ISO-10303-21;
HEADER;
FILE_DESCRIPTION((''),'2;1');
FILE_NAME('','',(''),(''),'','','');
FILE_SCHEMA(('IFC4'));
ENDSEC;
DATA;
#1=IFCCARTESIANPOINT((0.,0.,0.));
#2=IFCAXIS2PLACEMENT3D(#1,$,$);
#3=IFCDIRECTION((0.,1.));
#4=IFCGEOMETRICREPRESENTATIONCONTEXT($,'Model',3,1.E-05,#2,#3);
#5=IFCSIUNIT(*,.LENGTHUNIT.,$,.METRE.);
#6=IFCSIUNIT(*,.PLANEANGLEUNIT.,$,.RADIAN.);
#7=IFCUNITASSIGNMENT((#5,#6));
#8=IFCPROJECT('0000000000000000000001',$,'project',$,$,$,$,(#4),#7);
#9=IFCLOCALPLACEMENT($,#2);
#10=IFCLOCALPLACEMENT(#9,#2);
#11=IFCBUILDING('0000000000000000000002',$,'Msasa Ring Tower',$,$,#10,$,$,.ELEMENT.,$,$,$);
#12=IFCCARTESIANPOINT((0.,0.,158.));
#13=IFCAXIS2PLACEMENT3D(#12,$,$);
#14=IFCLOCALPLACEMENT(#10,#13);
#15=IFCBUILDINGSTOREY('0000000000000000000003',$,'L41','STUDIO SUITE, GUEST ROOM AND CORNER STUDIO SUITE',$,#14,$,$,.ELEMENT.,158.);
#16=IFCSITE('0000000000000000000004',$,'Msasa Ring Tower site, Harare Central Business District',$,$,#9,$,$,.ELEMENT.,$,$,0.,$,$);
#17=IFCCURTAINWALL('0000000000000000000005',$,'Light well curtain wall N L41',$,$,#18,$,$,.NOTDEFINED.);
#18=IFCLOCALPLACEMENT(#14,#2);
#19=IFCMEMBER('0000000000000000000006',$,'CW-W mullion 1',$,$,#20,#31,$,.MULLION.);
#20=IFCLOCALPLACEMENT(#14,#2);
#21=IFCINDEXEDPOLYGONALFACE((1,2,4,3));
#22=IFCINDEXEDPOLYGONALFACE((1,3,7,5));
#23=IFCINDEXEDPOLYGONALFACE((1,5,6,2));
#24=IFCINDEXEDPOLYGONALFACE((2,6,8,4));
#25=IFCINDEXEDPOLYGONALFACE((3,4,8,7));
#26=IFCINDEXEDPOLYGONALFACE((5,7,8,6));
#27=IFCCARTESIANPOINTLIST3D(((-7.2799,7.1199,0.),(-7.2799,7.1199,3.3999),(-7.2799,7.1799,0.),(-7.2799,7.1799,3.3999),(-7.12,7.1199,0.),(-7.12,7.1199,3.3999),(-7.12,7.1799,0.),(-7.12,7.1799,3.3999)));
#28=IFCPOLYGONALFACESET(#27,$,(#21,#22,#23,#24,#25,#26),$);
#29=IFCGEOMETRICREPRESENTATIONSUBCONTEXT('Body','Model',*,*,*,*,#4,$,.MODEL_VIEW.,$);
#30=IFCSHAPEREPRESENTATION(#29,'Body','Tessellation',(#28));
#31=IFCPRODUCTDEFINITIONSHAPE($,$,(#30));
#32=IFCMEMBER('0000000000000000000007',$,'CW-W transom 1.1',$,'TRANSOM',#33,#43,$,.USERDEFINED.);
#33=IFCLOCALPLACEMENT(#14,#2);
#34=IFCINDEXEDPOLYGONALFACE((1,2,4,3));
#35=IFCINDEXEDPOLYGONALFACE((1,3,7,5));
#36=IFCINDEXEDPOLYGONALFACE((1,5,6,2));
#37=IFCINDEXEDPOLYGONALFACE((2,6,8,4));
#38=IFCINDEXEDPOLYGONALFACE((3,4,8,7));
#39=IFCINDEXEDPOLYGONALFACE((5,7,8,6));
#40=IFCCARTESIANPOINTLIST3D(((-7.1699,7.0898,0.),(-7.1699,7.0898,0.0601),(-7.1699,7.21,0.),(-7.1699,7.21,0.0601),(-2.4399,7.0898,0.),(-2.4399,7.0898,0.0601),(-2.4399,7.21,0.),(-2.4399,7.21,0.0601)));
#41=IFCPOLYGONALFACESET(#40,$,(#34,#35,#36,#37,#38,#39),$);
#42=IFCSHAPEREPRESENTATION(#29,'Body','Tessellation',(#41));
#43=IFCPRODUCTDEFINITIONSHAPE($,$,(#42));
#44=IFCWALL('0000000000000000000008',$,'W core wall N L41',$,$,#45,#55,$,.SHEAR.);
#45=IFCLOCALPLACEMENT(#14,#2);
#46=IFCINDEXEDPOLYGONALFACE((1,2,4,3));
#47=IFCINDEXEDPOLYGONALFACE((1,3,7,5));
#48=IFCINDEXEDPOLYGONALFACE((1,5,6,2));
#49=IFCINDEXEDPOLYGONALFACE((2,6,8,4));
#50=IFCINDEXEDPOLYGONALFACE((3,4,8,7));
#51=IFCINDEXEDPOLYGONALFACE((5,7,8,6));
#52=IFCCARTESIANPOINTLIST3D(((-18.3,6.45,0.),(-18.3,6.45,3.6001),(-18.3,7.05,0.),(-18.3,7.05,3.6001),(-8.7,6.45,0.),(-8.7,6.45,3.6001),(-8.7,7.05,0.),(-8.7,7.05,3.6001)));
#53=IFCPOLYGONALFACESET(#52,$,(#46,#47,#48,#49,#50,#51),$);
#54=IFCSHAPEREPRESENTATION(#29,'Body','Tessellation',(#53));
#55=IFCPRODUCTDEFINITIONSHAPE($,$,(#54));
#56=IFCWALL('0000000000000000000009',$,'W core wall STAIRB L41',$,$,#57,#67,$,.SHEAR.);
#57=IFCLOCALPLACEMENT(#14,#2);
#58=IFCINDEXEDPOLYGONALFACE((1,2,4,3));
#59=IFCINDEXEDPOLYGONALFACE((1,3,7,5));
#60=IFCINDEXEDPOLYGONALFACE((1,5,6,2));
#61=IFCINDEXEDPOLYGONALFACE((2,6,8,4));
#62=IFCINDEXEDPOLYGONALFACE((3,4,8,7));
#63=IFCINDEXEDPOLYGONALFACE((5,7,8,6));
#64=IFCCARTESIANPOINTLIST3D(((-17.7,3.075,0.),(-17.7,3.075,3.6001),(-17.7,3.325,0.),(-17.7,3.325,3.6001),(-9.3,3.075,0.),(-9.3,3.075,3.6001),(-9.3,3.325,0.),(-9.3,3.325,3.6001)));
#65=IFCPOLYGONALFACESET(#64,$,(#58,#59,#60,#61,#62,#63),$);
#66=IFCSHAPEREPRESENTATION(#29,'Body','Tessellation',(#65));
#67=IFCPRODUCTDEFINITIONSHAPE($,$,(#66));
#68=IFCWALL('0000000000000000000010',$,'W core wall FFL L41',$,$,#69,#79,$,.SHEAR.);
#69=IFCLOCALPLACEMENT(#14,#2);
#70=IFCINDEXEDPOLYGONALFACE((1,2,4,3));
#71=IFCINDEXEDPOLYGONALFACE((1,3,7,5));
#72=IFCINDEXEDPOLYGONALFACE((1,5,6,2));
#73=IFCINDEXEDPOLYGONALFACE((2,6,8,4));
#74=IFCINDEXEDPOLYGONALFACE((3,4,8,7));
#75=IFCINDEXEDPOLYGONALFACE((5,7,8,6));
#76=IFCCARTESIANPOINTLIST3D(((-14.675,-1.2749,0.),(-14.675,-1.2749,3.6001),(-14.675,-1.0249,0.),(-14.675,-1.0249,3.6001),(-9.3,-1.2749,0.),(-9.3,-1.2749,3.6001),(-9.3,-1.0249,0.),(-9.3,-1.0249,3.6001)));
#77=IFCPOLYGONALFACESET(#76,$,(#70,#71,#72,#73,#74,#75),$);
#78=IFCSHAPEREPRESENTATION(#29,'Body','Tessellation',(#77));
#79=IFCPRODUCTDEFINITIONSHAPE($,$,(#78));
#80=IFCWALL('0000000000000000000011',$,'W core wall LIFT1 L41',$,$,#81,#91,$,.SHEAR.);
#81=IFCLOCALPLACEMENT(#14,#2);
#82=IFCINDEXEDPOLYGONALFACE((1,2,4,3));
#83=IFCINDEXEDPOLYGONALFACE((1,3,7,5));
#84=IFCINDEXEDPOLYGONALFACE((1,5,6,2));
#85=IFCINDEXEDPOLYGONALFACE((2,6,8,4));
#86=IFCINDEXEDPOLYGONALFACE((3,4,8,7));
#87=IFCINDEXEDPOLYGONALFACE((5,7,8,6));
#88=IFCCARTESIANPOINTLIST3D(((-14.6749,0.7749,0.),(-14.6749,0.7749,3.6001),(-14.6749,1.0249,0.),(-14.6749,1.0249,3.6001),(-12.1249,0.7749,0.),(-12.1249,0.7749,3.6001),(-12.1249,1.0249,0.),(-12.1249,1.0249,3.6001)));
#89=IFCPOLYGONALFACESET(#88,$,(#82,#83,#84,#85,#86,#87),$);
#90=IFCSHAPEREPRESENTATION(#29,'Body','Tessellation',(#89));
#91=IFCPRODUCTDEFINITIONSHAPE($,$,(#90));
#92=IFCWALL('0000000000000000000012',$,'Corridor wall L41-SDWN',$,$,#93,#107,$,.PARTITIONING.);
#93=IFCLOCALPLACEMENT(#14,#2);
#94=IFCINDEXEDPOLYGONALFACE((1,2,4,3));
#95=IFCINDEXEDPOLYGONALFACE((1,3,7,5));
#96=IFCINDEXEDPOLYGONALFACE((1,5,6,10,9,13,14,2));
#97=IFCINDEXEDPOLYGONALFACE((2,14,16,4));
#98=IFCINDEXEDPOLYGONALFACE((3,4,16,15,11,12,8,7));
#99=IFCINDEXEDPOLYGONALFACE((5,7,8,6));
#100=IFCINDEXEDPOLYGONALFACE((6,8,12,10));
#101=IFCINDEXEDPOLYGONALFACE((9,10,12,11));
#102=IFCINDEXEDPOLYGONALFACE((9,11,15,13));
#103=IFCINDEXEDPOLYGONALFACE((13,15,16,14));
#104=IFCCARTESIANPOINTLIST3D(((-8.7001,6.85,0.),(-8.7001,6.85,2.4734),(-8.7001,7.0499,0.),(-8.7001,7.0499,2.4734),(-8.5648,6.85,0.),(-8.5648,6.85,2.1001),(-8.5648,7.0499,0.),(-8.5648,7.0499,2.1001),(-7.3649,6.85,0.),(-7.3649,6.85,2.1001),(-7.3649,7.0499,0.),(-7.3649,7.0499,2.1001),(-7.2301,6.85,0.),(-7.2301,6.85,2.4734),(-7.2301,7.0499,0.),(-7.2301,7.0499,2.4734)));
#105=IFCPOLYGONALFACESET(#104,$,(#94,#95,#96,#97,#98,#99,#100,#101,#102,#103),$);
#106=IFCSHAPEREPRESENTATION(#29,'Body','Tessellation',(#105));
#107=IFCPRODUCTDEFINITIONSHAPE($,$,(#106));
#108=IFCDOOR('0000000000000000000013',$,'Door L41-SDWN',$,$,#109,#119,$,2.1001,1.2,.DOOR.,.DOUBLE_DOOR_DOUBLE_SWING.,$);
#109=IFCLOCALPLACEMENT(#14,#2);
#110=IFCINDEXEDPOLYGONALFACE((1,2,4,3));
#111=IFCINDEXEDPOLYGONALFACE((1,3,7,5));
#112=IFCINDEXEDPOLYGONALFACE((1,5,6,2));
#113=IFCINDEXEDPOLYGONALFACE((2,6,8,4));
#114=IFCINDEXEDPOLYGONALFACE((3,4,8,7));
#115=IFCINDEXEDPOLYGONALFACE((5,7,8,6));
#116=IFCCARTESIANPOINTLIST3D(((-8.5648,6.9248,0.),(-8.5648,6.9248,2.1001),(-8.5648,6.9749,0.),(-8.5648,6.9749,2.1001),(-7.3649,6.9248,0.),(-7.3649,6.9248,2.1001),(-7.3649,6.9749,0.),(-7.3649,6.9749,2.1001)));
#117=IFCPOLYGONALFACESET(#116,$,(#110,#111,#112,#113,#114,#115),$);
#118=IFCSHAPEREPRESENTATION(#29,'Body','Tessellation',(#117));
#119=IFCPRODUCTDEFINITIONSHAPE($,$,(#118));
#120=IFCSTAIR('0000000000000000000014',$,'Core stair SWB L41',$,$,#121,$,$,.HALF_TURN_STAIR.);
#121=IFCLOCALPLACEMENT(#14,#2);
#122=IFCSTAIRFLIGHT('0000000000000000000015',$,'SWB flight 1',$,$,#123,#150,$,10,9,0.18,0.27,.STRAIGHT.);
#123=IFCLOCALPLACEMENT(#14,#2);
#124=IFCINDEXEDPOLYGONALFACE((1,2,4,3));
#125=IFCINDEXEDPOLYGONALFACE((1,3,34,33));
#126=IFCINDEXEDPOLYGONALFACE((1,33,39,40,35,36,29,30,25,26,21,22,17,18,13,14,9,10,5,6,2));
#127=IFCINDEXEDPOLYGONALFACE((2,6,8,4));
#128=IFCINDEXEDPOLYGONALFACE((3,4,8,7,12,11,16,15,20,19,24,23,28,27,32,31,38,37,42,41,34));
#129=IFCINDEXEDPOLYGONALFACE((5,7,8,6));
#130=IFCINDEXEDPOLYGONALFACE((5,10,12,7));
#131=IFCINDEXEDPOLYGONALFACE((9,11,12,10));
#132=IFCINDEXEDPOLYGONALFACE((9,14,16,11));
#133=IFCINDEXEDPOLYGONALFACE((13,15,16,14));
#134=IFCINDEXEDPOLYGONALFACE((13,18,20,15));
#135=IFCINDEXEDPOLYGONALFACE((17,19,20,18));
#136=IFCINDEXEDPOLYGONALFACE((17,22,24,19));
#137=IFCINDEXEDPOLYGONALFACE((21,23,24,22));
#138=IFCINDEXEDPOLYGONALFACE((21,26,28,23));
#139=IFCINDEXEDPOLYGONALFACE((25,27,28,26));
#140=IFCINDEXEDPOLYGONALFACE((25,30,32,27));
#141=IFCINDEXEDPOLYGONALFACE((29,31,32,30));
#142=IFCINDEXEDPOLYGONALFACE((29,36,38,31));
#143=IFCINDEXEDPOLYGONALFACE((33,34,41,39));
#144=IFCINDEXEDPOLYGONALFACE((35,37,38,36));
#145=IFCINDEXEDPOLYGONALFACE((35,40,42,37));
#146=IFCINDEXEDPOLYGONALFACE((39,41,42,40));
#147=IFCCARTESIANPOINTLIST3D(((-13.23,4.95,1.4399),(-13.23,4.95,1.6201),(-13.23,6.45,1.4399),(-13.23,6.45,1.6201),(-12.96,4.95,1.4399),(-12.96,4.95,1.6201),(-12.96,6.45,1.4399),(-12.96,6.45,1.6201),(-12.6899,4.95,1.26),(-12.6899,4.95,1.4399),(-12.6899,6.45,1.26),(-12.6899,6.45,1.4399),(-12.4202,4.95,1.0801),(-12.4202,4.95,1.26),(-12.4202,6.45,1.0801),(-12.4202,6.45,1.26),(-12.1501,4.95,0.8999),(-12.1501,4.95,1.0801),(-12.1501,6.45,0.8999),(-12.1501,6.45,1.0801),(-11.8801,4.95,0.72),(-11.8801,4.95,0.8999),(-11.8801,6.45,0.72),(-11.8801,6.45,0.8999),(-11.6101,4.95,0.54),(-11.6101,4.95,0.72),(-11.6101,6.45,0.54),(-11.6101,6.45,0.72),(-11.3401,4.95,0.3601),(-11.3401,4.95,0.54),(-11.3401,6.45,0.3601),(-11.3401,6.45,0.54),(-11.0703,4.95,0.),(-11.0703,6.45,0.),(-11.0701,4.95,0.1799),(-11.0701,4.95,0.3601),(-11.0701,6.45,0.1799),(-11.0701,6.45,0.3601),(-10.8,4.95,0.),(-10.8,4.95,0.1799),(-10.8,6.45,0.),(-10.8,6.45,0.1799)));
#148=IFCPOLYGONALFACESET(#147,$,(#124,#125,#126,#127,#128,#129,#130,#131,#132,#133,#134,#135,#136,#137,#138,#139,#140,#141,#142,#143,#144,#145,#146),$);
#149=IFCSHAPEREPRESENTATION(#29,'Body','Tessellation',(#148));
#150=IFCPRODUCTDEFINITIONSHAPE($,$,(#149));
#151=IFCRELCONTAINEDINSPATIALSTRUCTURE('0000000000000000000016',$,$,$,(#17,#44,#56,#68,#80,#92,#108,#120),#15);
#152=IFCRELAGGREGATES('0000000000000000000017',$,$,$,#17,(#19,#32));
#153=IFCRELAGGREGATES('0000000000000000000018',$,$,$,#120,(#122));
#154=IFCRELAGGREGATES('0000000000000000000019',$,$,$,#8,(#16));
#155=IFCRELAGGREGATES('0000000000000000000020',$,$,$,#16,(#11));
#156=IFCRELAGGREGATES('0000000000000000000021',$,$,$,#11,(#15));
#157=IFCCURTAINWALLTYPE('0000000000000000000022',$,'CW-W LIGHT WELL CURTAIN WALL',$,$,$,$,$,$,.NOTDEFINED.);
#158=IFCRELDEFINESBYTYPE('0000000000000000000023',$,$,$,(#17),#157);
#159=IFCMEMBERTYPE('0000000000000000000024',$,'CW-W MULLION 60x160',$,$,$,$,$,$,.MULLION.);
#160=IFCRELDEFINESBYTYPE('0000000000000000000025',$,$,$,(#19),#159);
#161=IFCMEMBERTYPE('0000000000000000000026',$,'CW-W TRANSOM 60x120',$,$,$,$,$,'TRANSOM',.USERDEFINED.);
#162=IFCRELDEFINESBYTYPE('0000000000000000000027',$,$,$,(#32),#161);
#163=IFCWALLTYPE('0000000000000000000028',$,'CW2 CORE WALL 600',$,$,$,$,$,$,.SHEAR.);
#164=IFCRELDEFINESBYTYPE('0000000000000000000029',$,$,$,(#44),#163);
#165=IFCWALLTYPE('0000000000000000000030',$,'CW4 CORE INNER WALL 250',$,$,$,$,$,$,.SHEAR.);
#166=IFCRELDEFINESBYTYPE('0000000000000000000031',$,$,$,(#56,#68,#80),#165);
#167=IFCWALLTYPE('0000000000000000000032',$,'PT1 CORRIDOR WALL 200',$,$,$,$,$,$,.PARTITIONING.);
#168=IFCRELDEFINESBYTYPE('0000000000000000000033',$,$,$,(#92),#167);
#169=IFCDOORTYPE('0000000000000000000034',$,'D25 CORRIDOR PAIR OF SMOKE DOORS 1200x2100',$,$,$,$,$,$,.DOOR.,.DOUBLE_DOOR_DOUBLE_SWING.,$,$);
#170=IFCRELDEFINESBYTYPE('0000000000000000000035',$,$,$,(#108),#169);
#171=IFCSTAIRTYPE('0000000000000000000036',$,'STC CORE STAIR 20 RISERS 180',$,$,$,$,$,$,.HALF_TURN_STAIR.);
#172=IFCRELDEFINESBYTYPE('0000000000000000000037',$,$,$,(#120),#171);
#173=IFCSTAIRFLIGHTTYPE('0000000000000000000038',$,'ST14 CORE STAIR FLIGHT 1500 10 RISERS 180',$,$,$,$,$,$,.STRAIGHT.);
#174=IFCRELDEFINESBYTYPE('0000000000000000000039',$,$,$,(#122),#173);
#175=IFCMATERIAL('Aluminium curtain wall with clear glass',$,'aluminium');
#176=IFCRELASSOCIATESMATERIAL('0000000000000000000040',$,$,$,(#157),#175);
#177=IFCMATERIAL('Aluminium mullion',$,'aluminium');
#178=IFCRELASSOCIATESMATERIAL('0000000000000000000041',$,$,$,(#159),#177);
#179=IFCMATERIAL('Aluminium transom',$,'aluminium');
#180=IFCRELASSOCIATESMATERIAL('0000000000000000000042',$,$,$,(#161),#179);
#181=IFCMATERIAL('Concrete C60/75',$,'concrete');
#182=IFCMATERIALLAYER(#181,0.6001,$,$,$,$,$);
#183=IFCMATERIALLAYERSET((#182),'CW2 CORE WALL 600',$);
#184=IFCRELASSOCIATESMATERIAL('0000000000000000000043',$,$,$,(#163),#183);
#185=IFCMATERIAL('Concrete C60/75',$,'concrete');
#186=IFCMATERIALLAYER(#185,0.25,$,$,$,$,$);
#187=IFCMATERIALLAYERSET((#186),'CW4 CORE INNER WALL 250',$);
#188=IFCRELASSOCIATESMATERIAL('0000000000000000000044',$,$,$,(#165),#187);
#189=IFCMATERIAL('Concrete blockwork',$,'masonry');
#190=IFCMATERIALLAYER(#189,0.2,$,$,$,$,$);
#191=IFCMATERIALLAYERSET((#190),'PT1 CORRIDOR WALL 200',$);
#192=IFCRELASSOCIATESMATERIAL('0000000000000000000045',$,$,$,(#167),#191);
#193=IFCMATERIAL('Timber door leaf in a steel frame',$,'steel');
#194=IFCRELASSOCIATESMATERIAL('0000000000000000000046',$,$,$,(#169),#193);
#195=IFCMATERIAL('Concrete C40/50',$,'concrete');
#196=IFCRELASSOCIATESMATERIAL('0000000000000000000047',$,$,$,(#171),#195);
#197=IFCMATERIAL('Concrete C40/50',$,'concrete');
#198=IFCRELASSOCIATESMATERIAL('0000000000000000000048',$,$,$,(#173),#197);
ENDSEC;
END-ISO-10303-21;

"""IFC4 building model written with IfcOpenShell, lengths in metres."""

from ifc_helpers import new_model, si_unit, direction, frame, frame_2d, origin, origin_2d, place, context, subcontext, project, spatial, polyline, rectangle, outline, extrude, material, layer, layer_set, material_profile, profile_set, type_object, element, fill, aggregate, save


model = new_model("IFC4")

# Units and contexts
model_context = context("Model", 3, precision=1e-05, world=origin(), true_north=direction((0.0, 1.0)))
body_context = subcontext(model_context, "Body", "Model", "MODEL_VIEW")
ifc_project = project(units=[si_unit("LENGTHUNIT", "METRE"), si_unit("PLANEANGLEUNIT", "RADIAN")], contexts=[model_context])

# Site, building, storey
site_placement = place(None, origin())
site = spatial("IfcSite", under=ifc_project, at=site_placement, Name="Msasa Ring Tower site, Harare Central Business District", CompositionType="ELEMENT", RefElevation=0.0)
building_placement = place(site_placement, origin())
building = spatial("IfcBuilding", under=site, at=building_placement, Name="Msasa Ring Tower", CompositionType="ELEMENT")
storey_placement = place(building_placement, frame((0.0, 0.0, 158.0)))
storey = spatial("IfcBuildingStorey", under=building, at=storey_placement, Name="L41", Description="STUDIO SUITE, GUEST ROOM AND CORNER STUDIO SUITE", CompositionType="ELEMENT", Elevation=158.0)

# Curtain wall, members
ifc_material_1 = material(Name="Aluminium curtain wall with clear glass", Category="aluminium")
curtain_wall_type = type_object("IfcCurtainWallType", Name="CW-W LIGHT WELL CURTAIN WALL", PredefinedType="NOTDEFINED", material=ifc_material_1)
curtain_wall_placement = place(storey_placement, origin())
curtain_wall = element("IfcCurtainWall", 1, at=curtain_wall_placement, inside=storey, type_object=curtain_wall_type, Name="Light well curtain wall N L41", PredefinedType="NOTDEFINED")
ifc_material_2 = material(Name="Aluminium mullion", Category="aluminium")
ifc_material_profile_1 = material_profile(ifc_material_2, rectangle(XDim=0.0601, YDim=0.1599, at=origin_2d()), Name="AL 60x160")
ifc_profile_set_1 = profile_set([ifc_material_profile_1], Name="Aluminium mullion")
member_type_1 = type_object("IfcMemberType", Name="CW-W MULLION 60x160", PredefinedType="MULLION", material=ifc_profile_set_1)
member_1_placement = place(storey_placement, frame((-7.2, 7.1499, 0.0), z_axis=(0.0, 0.0, 1.0), x_axis=(0.0, 1.0, 0.0)))
member_1 = element("IfcMember", 2, at=member_1_placement, type_object=member_type_1, Name="CW-W mullion 1", PredefinedType="MULLION", context=body_context, shape_type="SweptSolid", body=[
    extrude(rectangle(XDim=0.0601, YDim=0.1599, at=origin_2d()), origin(), (0.0, 0.0, 1.0), 3.3999),
])
ifc_material_3 = material(Name="Aluminium transom", Category="aluminium")
ifc_material_profile_2 = material_profile(ifc_material_3, rectangle(XDim=0.1201, YDim=0.0601, at=origin_2d()), Name="AL 60x120")
ifc_profile_set_2 = profile_set([ifc_material_profile_2], Name="Aluminium transom")
member_type_2 = type_object("IfcMemberType", Name="CW-W TRANSOM 60x120", ElementType="TRANSOM", PredefinedType="USERDEFINED", material=ifc_profile_set_2)
member_2_placement = place(storey_placement, frame((-7.1699, 7.1499, 0.03), z_axis=(1.0, 0.0, 0.0), x_axis=(0.0, 1.0, 0.0)))
member_2 = element("IfcMember", 3, at=member_2_placement, type_object=member_type_2, Name="CW-W transom 1.1", ObjectType="TRANSOM", PredefinedType="USERDEFINED", context=body_context, shape_type="SweptSolid", body=[
    extrude(rectangle(XDim=0.1201, YDim=0.0601, at=origin_2d()), origin(), (0.0, 0.0, 1.0), 4.73),
])
aggregate(curtain_wall, [member_1, member_2])

# Walls
ifc_material_4 = material(Name="Concrete C60/75", Category="concrete")
ifc_layer_1 = layer(ifc_material_4, 0.6001)
ifc_layer_set_1 = layer_set([ifc_layer_1], Name="CW2 CORE WALL 600")
wall_type_1 = type_object("IfcWallType", Name="CW2 CORE WALL 600", PredefinedType="SHEAR", material=ifc_layer_set_1)
wall_1_placement = place(storey_placement, frame((-8.7, 6.75, 0.0), z_axis=(0.0, 0.0, 1.0), x_axis=(-1.0, 0.0, 0.0)))
element("IfcWall", 4, at=wall_1_placement, inside=storey, type_object=wall_type_1, Name="W core wall N L41", PredefinedType="SHEAR", context=body_context, shape_type="SweptSolid", body=[
    extrude(rectangle(XDim=9.6001, YDim=0.6001, at=frame_2d((4.8, 0.0))), origin(), (0.0, 0.0, 1.0), 3.6001),
])
ifc_material_5 = material(Name="Concrete C60/75", Category="concrete")
ifc_layer_2 = layer(ifc_material_5, 0.25)
ifc_layer_set_2 = layer_set([ifc_layer_2], Name="CW4 CORE INNER WALL 250")
wall_type_2 = type_object("IfcWallType", Name="CW4 CORE INNER WALL 250", PredefinedType="SHEAR", material=ifc_layer_set_2)
wall_2_placement = place(storey_placement, frame((-9.3, 3.2, 0.0), z_axis=(0.0, 0.0, 1.0), x_axis=(-1.0, 0.0, 0.0)))
element("IfcWall", 5, at=wall_2_placement, inside=storey, type_object=wall_type_2, Name="W core wall STAIRB L41", PredefinedType="SHEAR", context=body_context, shape_type="SweptSolid", body=[
    extrude(rectangle(XDim=8.3999, YDim=0.25, at=frame_2d((4.2, 0.0))), origin(), (0.0, 0.0, 1.0), 3.6001),
])
wall_3_placement = place(storey_placement, frame((-9.3, -1.1499, 0.0), z_axis=(0.0, 0.0, 1.0), x_axis=(-1.0, 0.0, 0.0)))
element("IfcWall", 6, at=wall_3_placement, inside=storey, type_object=wall_type_2, Name="W core wall FFL L41", PredefinedType="SHEAR", context=body_context, shape_type="SweptSolid", body=[
    extrude(rectangle(XDim=5.375, YDim=0.25, at=frame_2d((2.6875, 0.0))), origin(), (0.0, 0.0, 1.0), 3.6001),
])
wall_4_placement = place(storey_placement, frame((-12.125, 0.8999, 0.0), z_axis=(0.0, 0.0, 1.0), x_axis=(-1.0, 0.0, 0.0)))
element("IfcWall", 7, at=wall_4_placement, inside=storey, type_object=wall_type_2, Name="W core wall LIFT1 L41", PredefinedType="SHEAR", context=body_context, shape_type="SweptSolid", body=[
    extrude(rectangle(XDim=2.55, YDim=0.25, at=frame_2d((1.2749, 0.0))), origin(), (0.0, 0.0, 1.0), 3.6001),
])

# Wall, opening, door
ifc_material_6 = material(Name="Concrete blockwork", Category="masonry")
ifc_layer_3 = layer(ifc_material_6, 0.2)
ifc_layer_set_3 = layer_set([ifc_layer_3], Name="PT1 CORRIDOR WALL 200")
wall_type_3 = type_object("IfcWallType", Name="PT1 CORRIDOR WALL 200", PredefinedType="PARTITIONING", material=ifc_layer_set_3)
wall_5_placement = place(storey_placement, frame((-8.7, 6.95, 0.0), z_axis=(0.0, 0.0, 1.0), x_axis=(1.0, 0.0, 0.0)))
wall_5 = element("IfcWall", 8, at=wall_5_placement, inside=storey, type_object=wall_type_3, Name="Corridor wall L41-SDWN", PredefinedType="PARTITIONING", context=body_context, shape_type="SweptSolid", body=[
    extrude(rectangle(XDim=1.47, YDim=0.2, at=frame_2d((0.7349, 0.0))), origin(), (0.0, 0.0, 1.0), 2.4734),
])
opening_placement = place(wall_5_placement, frame((0.135, 0.0, 0.0)))
opening = element("IfcOpeningElement", 9, at=opening_placement, cuts=wall_5, PredefinedType="OPENING", context=body_context, shape_type="SweptSolid", body=[
    extrude(rectangle(XDim=1.2, YDim=2.1001, at=frame_2d((0.6001, 1.05))), frame((0.0, 0.1099, 0.0), z_axis=(0.0, -1.0, 0.0), x_axis=(1.0, 0.0, 0.0)), (0.0, 0.0, 1.0), 0.22),
])
ifc_material_7 = material(Name="Timber door leaf in a steel frame", Category="steel")
door_type = type_object("IfcDoorType", Name="D25 CORRIDOR PAIR OF SMOKE DOORS 1200x2100", OperationType="DOUBLE_DOOR_DOUBLE_SWING", PredefinedType="DOOR", material=ifc_material_7)
door_placement = place(opening_placement, origin())
door = element("IfcDoor", 10, at=door_placement, inside=storey, type_object=door_type, Name="Door L41-SDWN", OperationType="DOUBLE_DOOR_DOUBLE_SWING", OverallHeight=2.1001, OverallWidth=1.2, PredefinedType="DOOR", context=body_context, shape_type="SweptSolid", body=[
    extrude(rectangle(XDim=1.2, YDim=2.1001, at=frame_2d((0.6001, 1.05))), frame((0.0, 0.0249, 0.0), z_axis=(0.0, -1.0, 0.0), x_axis=(1.0, 0.0, 0.0)), (0.0, 0.0, 1.0), 0.05),
])
fill(opening, door)

# Stair, stair flight
ifc_material_8 = material(Name="Concrete C40/50", Category="concrete")
stair_type = type_object("IfcStairType", Name="STC CORE STAIR 20 RISERS 180", PredefinedType="HALF_TURN_STAIR", material=ifc_material_8)
stair_placement = place(storey_placement, origin())
stair = element("IfcStair", 11, at=stair_placement, inside=storey, type_object=stair_type, Name="Core stair SWB L41", PredefinedType="HALF_TURN_STAIR")
ifc_material_9 = material(Name="Concrete C40/50", Category="concrete")
stair_flight_type = type_object("IfcStairFlightType", Name="ST14 CORE STAIR FLIGHT 1500 10 RISERS 180", PredefinedType="STRAIGHT", material=ifc_material_9)
stair_flight_1_placement = place(storey_placement, frame((-10.8, 5.7, 0.0), z_axis=(0.0, 0.0, 1.0), x_axis=(-1.0, 0.0, 0.0)))
stair_flight_1 = element("IfcStairFlight", 12, at=stair_flight_1_placement, type_object=stair_flight_type, Name="SWB flight 1", NumberOfRisers=10, NumberOfTreads=9, PredefinedType="STRAIGHT", RiserHeight=0.18, TreadLength=0.27, context=body_context, shape_type="SweptSolid", body=[
    extrude(outline(polyline([(0.0, 0.0), (0.0, 0.1799), (0.27, 0.1799), (0.27, 0.3601), (0.54, 0.3601), (0.54, 0.54), (0.8101, 0.54), (0.8101, 0.72), (1.0801, 0.72), (1.0801, 0.8999), (1.3501, 0.8999), (1.3501, 1.0801), (1.6201, 1.0801), (1.6201, 1.26), (1.8899, 1.26), (1.8899, 1.4399), (2.1599, 1.4399), (2.1599, 1.6201), (2.4299, 1.6201), (2.4299, 1.8), (2.4299, 1.4399), (0.2703, 0.0), (0.0, 0.0)])), frame((0.0, 0.75, 0.0), z_axis=(0.0, -1.0, 0.0), x_axis=(1.0, 0.0, 0.0)), (0.0, 0.0, 1.0), 1.5),
])
aggregate(stair, [stair_flight_1])

save(model, "model.ifc")
